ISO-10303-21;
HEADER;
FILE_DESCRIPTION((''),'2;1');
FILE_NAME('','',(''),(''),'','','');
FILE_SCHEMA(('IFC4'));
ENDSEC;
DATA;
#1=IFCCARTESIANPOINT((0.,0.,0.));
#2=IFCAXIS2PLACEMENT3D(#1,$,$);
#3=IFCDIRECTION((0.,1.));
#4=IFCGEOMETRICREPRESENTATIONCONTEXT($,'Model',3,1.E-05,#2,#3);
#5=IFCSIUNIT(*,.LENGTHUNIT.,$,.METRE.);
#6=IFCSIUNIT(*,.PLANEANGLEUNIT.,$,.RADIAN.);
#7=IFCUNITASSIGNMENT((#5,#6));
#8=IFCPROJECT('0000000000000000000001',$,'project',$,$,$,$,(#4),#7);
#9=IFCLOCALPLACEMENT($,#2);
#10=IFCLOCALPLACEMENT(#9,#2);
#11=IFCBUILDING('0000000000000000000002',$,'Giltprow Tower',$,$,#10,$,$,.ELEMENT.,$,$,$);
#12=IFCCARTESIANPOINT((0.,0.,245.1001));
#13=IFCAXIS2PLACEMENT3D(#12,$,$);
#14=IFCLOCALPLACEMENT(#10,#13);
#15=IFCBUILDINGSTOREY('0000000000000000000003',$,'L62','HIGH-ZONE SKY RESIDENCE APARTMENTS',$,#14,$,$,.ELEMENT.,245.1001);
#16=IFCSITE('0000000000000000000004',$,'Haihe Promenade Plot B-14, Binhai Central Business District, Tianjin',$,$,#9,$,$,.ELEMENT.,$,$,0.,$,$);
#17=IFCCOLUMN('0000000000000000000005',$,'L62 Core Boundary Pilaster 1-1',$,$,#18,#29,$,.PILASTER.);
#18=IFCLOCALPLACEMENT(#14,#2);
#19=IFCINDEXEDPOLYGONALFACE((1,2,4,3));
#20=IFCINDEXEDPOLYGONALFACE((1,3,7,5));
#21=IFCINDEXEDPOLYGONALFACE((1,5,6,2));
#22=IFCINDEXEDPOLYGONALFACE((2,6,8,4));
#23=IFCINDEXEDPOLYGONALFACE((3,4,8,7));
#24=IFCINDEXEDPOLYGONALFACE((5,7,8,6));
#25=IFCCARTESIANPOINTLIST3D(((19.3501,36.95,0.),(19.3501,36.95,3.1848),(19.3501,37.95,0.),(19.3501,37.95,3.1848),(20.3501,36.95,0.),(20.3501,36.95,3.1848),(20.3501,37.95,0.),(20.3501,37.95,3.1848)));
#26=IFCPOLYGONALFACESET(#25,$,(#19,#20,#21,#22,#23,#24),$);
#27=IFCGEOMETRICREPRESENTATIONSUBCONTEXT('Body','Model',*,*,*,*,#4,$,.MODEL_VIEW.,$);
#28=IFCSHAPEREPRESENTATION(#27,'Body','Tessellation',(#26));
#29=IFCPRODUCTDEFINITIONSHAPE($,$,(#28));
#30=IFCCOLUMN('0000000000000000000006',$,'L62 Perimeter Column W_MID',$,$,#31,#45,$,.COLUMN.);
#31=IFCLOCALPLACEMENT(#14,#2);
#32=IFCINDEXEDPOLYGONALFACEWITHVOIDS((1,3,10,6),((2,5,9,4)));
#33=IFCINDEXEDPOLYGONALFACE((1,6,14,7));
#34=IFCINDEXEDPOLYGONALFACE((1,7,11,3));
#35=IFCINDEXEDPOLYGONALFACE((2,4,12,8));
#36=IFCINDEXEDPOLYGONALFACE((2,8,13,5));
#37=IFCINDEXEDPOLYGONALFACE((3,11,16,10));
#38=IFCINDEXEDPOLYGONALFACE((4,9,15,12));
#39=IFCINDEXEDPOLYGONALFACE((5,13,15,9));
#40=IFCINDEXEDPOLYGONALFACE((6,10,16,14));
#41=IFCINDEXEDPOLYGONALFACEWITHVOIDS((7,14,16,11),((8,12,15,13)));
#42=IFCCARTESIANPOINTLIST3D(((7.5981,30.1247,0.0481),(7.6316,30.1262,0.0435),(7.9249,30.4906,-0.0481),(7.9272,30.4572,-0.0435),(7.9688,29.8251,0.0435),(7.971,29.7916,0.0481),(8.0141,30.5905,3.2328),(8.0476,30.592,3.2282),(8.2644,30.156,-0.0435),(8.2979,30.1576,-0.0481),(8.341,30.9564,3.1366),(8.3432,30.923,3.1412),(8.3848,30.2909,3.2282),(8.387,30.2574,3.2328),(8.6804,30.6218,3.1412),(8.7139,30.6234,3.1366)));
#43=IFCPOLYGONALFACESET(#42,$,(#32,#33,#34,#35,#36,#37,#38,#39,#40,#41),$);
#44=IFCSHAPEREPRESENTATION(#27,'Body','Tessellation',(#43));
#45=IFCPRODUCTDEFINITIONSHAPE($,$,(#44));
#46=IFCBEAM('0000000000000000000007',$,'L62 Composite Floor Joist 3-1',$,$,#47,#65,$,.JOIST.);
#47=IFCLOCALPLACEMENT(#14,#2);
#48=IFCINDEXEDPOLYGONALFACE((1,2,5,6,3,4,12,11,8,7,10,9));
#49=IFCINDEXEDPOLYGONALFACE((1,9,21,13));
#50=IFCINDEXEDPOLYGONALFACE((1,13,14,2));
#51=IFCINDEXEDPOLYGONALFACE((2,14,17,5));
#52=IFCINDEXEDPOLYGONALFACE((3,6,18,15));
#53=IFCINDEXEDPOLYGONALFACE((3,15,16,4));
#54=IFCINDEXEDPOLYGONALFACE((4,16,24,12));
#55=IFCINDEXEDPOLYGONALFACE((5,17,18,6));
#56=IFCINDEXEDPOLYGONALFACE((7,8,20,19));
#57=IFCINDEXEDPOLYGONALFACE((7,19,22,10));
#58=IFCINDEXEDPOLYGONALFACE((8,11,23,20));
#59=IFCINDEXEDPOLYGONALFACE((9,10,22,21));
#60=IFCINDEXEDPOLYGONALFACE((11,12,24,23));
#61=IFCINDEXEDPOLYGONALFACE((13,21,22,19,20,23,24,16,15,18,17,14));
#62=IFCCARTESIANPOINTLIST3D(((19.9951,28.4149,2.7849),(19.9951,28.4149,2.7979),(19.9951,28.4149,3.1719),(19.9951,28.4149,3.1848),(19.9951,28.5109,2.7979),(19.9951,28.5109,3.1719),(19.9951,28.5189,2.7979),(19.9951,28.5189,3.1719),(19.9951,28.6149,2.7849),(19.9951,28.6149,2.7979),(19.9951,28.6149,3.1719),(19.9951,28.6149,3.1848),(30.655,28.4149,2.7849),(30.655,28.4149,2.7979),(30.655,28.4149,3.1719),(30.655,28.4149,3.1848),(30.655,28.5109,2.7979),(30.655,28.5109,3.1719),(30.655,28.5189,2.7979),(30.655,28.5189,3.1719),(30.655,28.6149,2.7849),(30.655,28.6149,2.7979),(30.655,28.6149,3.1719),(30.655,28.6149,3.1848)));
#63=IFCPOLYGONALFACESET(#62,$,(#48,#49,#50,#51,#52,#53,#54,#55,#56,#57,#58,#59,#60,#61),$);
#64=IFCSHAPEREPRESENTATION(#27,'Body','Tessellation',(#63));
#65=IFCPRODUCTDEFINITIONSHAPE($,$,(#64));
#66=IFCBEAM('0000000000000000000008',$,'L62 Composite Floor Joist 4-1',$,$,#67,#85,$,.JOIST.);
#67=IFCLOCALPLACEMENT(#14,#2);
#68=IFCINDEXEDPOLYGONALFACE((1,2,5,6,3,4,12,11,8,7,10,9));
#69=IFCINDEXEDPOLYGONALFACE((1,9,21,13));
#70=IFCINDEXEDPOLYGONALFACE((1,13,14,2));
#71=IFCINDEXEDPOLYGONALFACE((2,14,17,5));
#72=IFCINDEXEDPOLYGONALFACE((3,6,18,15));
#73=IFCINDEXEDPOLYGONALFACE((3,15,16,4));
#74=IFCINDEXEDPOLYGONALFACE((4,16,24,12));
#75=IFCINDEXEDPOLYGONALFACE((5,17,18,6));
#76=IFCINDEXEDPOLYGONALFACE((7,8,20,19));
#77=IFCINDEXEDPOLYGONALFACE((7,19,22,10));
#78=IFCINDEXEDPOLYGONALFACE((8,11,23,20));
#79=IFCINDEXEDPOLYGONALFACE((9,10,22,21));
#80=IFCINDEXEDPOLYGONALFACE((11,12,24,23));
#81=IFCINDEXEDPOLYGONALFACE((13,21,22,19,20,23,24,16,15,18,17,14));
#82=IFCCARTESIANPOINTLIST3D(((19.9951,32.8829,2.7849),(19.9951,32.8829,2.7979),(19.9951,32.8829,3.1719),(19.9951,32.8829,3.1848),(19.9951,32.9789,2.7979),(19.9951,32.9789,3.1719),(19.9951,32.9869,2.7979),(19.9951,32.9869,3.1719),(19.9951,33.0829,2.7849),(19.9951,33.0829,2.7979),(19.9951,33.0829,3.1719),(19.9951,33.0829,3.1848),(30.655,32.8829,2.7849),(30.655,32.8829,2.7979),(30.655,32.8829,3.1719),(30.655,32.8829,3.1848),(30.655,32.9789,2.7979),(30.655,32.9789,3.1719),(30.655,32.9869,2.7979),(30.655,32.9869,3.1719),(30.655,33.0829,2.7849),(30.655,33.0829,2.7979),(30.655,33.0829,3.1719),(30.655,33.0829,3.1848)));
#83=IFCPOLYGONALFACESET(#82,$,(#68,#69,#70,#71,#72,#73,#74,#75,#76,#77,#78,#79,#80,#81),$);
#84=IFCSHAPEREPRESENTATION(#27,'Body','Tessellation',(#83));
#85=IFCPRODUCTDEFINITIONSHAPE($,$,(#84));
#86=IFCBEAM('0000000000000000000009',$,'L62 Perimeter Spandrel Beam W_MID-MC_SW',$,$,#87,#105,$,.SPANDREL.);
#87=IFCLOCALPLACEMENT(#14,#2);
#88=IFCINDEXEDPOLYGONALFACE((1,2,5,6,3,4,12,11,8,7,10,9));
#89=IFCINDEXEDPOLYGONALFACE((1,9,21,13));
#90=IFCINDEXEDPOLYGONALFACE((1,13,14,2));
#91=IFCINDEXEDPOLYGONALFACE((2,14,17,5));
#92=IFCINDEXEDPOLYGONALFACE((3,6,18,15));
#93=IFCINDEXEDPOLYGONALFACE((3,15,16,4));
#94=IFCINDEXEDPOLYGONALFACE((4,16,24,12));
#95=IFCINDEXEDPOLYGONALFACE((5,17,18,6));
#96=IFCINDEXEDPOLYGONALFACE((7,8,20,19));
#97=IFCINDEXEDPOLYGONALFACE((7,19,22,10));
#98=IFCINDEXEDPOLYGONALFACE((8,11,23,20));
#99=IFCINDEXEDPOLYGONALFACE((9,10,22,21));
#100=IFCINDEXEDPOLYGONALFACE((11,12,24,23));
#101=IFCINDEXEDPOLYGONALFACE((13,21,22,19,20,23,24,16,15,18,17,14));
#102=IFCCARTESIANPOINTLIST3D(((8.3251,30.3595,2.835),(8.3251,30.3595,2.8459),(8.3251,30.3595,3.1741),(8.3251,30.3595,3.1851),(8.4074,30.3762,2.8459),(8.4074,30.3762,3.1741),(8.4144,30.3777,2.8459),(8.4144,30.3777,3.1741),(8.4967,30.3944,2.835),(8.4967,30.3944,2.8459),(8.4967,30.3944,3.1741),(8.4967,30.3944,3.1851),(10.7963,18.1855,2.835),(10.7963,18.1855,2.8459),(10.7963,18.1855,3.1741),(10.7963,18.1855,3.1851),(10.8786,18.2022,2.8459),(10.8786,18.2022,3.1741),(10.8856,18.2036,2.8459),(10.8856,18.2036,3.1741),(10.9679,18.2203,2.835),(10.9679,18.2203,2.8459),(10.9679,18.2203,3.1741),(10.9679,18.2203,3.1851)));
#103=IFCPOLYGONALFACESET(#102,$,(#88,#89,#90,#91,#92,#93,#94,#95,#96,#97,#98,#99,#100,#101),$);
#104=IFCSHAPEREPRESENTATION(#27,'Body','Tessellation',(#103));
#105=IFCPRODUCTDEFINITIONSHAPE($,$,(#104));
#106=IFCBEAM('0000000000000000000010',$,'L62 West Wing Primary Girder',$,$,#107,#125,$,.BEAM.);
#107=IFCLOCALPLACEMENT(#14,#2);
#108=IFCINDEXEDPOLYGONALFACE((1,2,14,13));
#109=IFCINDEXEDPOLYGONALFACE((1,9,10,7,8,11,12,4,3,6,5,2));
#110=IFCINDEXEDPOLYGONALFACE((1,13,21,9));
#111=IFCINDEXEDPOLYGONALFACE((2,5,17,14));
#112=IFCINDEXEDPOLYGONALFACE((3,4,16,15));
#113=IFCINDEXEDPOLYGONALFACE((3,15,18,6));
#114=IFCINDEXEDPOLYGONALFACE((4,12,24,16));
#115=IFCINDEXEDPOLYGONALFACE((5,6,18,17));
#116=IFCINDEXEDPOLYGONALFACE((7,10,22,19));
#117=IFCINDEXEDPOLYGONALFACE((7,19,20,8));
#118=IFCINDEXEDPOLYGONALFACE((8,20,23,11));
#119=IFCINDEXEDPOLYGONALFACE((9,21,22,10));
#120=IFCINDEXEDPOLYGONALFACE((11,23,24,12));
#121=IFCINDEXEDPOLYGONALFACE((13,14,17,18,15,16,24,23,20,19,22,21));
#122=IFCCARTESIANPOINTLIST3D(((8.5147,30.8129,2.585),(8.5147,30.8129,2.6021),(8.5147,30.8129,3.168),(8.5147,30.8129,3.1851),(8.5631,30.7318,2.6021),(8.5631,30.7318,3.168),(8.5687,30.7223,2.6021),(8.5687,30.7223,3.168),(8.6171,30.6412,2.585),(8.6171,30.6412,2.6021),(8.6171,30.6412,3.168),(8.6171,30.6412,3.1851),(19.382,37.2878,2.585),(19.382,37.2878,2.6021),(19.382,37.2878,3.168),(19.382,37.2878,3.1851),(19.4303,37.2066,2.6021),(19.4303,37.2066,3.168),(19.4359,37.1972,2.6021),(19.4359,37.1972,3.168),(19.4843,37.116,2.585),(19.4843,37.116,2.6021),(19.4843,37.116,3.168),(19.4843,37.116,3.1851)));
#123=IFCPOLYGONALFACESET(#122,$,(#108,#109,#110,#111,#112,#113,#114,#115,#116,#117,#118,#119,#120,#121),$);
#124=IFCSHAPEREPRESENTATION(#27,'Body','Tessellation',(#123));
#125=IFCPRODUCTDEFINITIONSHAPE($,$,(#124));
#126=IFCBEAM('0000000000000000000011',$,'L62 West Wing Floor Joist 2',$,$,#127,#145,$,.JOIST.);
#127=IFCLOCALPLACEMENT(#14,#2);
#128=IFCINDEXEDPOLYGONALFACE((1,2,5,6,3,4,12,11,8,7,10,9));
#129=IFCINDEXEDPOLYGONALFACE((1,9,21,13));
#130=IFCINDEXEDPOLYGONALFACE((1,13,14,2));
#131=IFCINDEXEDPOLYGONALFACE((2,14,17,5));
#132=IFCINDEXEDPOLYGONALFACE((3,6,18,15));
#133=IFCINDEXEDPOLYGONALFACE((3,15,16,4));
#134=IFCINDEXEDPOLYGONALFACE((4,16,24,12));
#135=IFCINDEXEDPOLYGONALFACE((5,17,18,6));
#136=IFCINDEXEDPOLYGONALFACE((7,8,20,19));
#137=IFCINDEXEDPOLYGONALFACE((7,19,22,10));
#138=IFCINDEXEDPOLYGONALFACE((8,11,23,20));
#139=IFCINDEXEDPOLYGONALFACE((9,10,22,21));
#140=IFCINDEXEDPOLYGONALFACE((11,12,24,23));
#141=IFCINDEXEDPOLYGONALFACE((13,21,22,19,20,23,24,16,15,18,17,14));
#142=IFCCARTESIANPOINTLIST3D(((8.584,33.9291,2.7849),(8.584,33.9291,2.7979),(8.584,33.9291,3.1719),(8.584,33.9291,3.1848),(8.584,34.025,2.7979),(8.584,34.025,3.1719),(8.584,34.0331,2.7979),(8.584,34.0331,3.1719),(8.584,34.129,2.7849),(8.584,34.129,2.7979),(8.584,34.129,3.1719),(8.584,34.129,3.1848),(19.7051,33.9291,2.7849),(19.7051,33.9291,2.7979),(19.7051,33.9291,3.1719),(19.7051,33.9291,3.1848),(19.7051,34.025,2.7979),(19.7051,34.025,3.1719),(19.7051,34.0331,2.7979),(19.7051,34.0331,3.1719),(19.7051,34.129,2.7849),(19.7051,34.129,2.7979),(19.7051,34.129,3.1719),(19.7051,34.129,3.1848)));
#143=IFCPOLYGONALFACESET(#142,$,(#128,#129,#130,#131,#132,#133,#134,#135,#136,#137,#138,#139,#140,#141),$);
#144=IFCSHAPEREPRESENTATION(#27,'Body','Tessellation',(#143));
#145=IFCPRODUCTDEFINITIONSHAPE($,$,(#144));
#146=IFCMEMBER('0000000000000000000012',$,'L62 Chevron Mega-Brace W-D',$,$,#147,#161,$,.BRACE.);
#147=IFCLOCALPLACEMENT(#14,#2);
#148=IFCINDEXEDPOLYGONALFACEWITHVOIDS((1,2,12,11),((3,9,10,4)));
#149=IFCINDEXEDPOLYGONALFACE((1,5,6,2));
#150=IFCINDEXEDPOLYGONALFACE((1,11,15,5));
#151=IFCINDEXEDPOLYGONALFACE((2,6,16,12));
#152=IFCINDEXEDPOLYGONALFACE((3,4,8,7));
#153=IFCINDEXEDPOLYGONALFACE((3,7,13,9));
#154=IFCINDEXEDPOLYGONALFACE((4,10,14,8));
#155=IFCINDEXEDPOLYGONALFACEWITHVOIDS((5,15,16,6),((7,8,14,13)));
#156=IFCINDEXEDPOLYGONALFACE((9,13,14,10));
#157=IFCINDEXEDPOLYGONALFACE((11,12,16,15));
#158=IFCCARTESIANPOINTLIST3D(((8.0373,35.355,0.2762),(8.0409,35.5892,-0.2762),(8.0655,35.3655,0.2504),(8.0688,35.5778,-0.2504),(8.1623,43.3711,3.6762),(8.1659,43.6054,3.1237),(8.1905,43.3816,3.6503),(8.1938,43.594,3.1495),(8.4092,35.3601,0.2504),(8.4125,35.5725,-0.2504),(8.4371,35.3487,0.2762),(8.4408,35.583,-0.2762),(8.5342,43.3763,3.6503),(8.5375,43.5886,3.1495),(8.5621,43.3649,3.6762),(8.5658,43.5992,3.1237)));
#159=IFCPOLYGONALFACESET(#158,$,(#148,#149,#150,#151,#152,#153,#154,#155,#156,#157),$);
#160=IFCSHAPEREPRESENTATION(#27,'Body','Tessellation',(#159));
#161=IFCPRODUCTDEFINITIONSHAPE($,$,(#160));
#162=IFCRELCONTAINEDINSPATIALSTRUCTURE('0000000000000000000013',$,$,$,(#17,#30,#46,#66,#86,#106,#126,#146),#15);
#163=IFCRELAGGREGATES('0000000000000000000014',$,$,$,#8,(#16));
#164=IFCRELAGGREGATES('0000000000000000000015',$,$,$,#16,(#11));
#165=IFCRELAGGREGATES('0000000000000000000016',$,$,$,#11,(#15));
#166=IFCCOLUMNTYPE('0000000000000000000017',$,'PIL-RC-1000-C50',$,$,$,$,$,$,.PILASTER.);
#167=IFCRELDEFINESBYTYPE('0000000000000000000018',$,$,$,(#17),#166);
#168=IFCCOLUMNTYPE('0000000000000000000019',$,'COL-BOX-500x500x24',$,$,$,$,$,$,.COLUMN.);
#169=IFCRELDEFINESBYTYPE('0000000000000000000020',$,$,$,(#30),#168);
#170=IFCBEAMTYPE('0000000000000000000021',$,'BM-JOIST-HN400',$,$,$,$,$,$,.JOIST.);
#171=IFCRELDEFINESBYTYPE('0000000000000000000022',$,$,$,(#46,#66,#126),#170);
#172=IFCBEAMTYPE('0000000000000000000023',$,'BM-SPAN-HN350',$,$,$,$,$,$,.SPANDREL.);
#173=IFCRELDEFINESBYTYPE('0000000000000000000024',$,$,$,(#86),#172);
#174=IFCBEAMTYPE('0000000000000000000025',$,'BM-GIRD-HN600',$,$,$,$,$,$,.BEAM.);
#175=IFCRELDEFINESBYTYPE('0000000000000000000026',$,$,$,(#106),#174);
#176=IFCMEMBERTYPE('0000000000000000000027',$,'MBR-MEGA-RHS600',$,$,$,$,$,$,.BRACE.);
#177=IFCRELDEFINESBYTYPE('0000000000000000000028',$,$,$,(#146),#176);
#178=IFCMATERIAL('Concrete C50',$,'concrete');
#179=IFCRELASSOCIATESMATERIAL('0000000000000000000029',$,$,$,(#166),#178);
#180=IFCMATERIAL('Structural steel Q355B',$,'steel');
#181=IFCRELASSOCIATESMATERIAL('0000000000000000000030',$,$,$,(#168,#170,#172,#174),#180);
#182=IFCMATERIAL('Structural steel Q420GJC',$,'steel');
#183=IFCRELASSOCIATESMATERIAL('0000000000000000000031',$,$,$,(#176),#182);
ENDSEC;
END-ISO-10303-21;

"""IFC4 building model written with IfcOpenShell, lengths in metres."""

from ifc_helpers import new_model, si_unit, direction, frame, origin, origin_2d, place, context, subcontext, project, spatial, rectangle, hollow_rectangle, i_section, extrude, source, transform, mapped, material, material_profile, profile_set, type_object, element, save


model = new_model("IFC4")

# Units and contexts
model_context = context("Model", 3, precision=1e-05, world=origin(), true_north=direction((0.0, 1.0)))
body_context = subcontext(model_context, "Body", "Model", "MODEL_VIEW")
ifc_project = project(units=[si_unit("LENGTHUNIT", "METRE"), si_unit("PLANEANGLEUNIT", "RADIAN")], contexts=[model_context])

# Site, building, storey
site_placement = place(None, origin())
site = spatial("IfcSite", under=ifc_project, at=site_placement, Name="Haihe Promenade Plot B-14, Binhai Central Business District, Tianjin", CompositionType="ELEMENT", RefElevation=0.0)
building_placement = place(site_placement, origin())
building = spatial("IfcBuilding", under=site, at=building_placement, Name="Giltprow Tower", CompositionType="ELEMENT")
storey_placement = place(building_placement, frame((0.0, 0.0, 245.1001)))
storey = spatial("IfcBuildingStorey", under=building, at=storey_placement, Name="L62", Description="HIGH-ZONE SKY RESIDENCE APARTMENTS", CompositionType="ELEMENT", Elevation=245.1001)

# Columns
ifc_material_1 = material(Name="Concrete C50", Category="concrete")
ifc_material_profile_1 = material_profile(ifc_material_1, rectangle(XDim=1.0, YDim=1.0, at=origin_2d()), Name="RC 1000x1000")
ifc_profile_set_1 = profile_set([ifc_material_profile_1], Name="Concrete C50")
column_type_1 = type_object("IfcColumnType", Name="PIL-RC-1000-C50", PredefinedType="PILASTER", material=ifc_profile_set_1)
shared_shape_1 = source(origin(), body_context, "Body", "SweptSolid", [
    extrude(rectangle(XDim=1.0, YDim=1.0, at=origin_2d()), origin(), (0.0, 0.0, 1.0), 3.1848),
])
column_1_placement = place(storey_placement, frame((19.8501, 37.45, 0.0), z_axis=(0.0, 0.0, 1.0), x_axis=(1.0, 0.0, 0.0)))
element("IfcColumn", 1, at=column_1_placement, inside=storey, type_object=column_type_1, Name="L62 Core Boundary Pilaster 1-1", PredefinedType="PILASTER", context=body_context, shape_type="MappedRepresentation", body=[
    mapped(shared_shape_1, transform((0.0, 0.0, 0.0), x_axis=(1.0, 0.0, 0.0), y_axis=(0.0, 1.0, 0.0), z_axis=(0.0, 0.0, 1.0), scale=1.0)),
])
ifc_material_2 = material(Name="Structural steel Q355B", Category="steel")
ifc_material_profile_2 = material_profile(ifc_material_2, hollow_rectangle(XDim=0.5, YDim=0.5, WallThickness=0.0239, at=origin_2d()), Name="BOX 500x500x24")
ifc_profile_set_2 = profile_set([ifc_material_profile_2], Name="Structural steel Q355B")
column_type_2 = type_object("IfcColumnType", Name="COL-BOX-500x500x24", PredefinedType="COLUMN", material=ifc_profile_set_2)
shared_shape_2 = source(origin(), body_context, "Body", "SweptSolid", [
    extrude(hollow_rectangle(XDim=0.5, YDim=0.5, WallThickness=0.0239, at=origin_2d()), origin(), (0.0, 0.0, 1.0), 3.2454),
])
column_2_placement = place(storey_placement, frame((7.948, 30.1411, 0.0), z_axis=(0.128183, 0.143529, 0.98131), x_axis=(-0.745854, 0.666109, 0.0)))
element("IfcColumn", 2, at=column_2_placement, inside=storey, type_object=column_type_2, Name="L62 Perimeter Column W_MID", PredefinedType="COLUMN", context=body_context, shape_type="MappedRepresentation", body=[
    mapped(shared_shape_2, transform((0.0, 0.0, 0.0), x_axis=(1.0, 0.0, 0.0), y_axis=(0.0, 1.0, 0.0), z_axis=(0.0, 0.0, 1.0), scale=1.0)),
])

# Beams
ifc_material_profile_3 = material_profile(ifc_material_2, i_section(OverallWidth=0.2, OverallDepth=0.3999, WebThickness=0.0081, FlangeThickness=0.0129, at=origin_2d()), Name="HN 400x200x8x13")
ifc_profile_set_3 = profile_set([ifc_material_profile_3], Name="Structural steel Q355B")
beam_type_1 = type_object("IfcBeamType", Name="BM-JOIST-HN400", PredefinedType="JOIST", material=ifc_profile_set_3)
shared_shape_3 = source(origin(), body_context, "Body", "SweptSolid", [
    extrude(i_section(OverallWidth=0.2, OverallDepth=0.3999, WebThickness=0.0081, FlangeThickness=0.0129, at=origin_2d()), origin(), (0.0, 0.0, 1.0), 10.6599),
])
for number, where, z_axis, x_axis, name in (
    (3, (19.9951, 28.5149, 2.9849), (1.0, 0.0, 0.0), (0.0, 1.0, 0.0), "L62 Composite Floor Joist 3-1"),
    (4, (19.9951, 32.9829, 2.9849), (1.0, 0.0, 0.0), (0.0, 1.0, 0.0), "L62 Composite Floor Joist 4-1"),
):
    element("IfcBeam", number, at=place(storey_placement, frame(where, z_axis=z_axis, x_axis=x_axis)), inside=storey, type_object=beam_type_1, Name=name, PredefinedType="JOIST", context=body_context, shape_type="MappedRepresentation", body=[
        mapped(shared_shape_3, transform((0.0, 0.0, 0.0), x_axis=(1.0, 0.0, 0.0), y_axis=(0.0, 1.0, 0.0), z_axis=(0.0, 0.0, 1.0), scale=1.0)),
    ])
ifc_material_profile_4 = material_profile(ifc_material_2, i_section(OverallWidth=0.175, OverallDepth=0.3501, WebThickness=0.0071, FlangeThickness=0.011, at=origin_2d()), Name="HN 350x175x7x11")
ifc_profile_set_4 = profile_set([ifc_material_profile_4], Name="Structural steel Q355B")
beam_type_2 = type_object("IfcBeamType", Name="BM-SPAN-HN350", PredefinedType="SPANDREL", material=ifc_profile_set_4)
shared_shape_4 = source(origin(), body_context, "Body", "SweptSolid", [
    extrude(i_section(OverallWidth=0.175, OverallDepth=0.3501, WebThickness=0.0071, FlangeThickness=0.011, at=origin_2d()), origin(), (0.0, 0.0, 1.0), 12.4224),
])
beam_1_placement = place(storey_placement, frame((8.4109, 30.377, 3.01), z_axis=(0.198931, -0.980013, 0.0), x_axis=(0.980013, 0.198931, 0.0)))
element("IfcBeam", 5, at=beam_1_placement, inside=storey, type_object=beam_type_2, Name="L62 Perimeter Spandrel Beam W_MID-MC_SW", PredefinedType="SPANDREL", context=body_context, shape_type="MappedRepresentation", body=[
    mapped(shared_shape_4, transform((0.0, 0.0, 0.0), x_axis=(1.0, 0.0, 0.0), y_axis=(0.0, 1.0, 0.0), z_axis=(0.0, 0.0, 1.0), scale=1.0)),
])
ifc_material_profile_5 = material_profile(ifc_material_2, i_section(OverallWidth=0.2, OverallDepth=0.6001, WebThickness=0.011, FlangeThickness=0.0171, at=origin_2d()), Name="HN 600x200x11x17")
ifc_profile_set_5 = profile_set([ifc_material_profile_5], Name="Structural steel Q355B")
beam_type_3 = type_object("IfcBeamType", Name="BM-GIRD-HN600", PredefinedType="BEAM", material=ifc_profile_set_5)
shared_shape_5 = source(origin(), body_context, "Body", "SweptSolid", [
    extrude(i_section(OverallWidth=0.2, OverallDepth=0.6001, WebThickness=0.011, FlangeThickness=0.0171, at=origin_2d()), origin(), (0.0, 0.0, 1.0), 12.6499),
])
beam_2_placement = place(storey_placement, frame((8.5659, 30.7271, 2.885), z_axis=(0.859074, 0.511851, 0.0), x_axis=(-0.511851, 0.859074, 0.0)))
element("IfcBeam", 6, at=beam_2_placement, inside=storey, type_object=beam_type_3, Name="L62 West Wing Primary Girder", PredefinedType="BEAM", context=body_context, shape_type="MappedRepresentation", body=[
    mapped(shared_shape_5, transform((0.0, 0.0, 0.0), x_axis=(1.0, 0.0, 0.0), y_axis=(0.0, 1.0, 0.0), z_axis=(0.0, 0.0, 1.0), scale=1.0)),
])
shared_shape_6 = source(origin(), body_context, "Body", "SweptSolid", [
    extrude(i_section(OverallWidth=0.2, OverallDepth=0.3999, WebThickness=0.0081, FlangeThickness=0.0129, at=origin_2d()), origin(), (0.0, 0.0, 1.0), 11.1211),
])
beam_3_placement = place(storey_placement, frame((8.584, 34.0291, 2.9849), z_axis=(1.0, 0.0, 0.0), x_axis=(0.0, 1.0, 0.0)))
element("IfcBeam", 7, at=beam_3_placement, inside=storey, type_object=beam_type_1, Name="L62 West Wing Floor Joist 2", PredefinedType="JOIST", context=body_context, shape_type="MappedRepresentation", body=[
    mapped(shared_shape_6, transform((0.0, 0.0, 0.0), x_axis=(1.0, 0.0, 0.0), y_axis=(0.0, 1.0, 0.0), z_axis=(0.0, 0.0, 1.0), scale=1.0)),
])

# Member
ifc_material_3 = material(Name="Structural steel Q420GJC", Category="steel")
ifc_material_profile_6 = material_profile(ifc_material_3, hollow_rectangle(XDim=0.3999, YDim=0.6001, WallThickness=0.0281, at=origin_2d()), Name="RHS 600x400x28")
ifc_profile_set_6 = profile_set([ifc_material_profile_6], Name="Structural steel Q420GJC")
member_type = type_object("IfcMemberType", Name="MBR-MEGA-RHS600", PredefinedType="BRACE", material=ifc_profile_set_6)
shared_shape_7 = source(origin(), body_context, "Body", "SweptSolid", [
    extrude(hollow_rectangle(XDim=0.3999, YDim=0.6001, WallThickness=0.0281, at=origin_2d()), origin(), (0.0, 0.0, 1.0), 8.7083),
])
member_placement = place(storey_placement, frame((8.239, 35.469, 0.0), z_axis=(0.014354, 0.920523, 0.390425), x_axis=(-0.999878, 0.015592, 0.0)))
element("IfcMember", 8, at=member_placement, inside=storey, type_object=member_type, Name="L62 Chevron Mega-Brace W-D", PredefinedType="BRACE", context=body_context, shape_type="MappedRepresentation", body=[
    mapped(shared_shape_7, transform((0.0, 0.0, 0.0), x_axis=(1.0, 0.0, 0.0), y_axis=(0.0, 1.0, 0.0), z_axis=(0.0, 0.0, 1.0), scale=1.0)),
])

save(model, "model.ifc")
